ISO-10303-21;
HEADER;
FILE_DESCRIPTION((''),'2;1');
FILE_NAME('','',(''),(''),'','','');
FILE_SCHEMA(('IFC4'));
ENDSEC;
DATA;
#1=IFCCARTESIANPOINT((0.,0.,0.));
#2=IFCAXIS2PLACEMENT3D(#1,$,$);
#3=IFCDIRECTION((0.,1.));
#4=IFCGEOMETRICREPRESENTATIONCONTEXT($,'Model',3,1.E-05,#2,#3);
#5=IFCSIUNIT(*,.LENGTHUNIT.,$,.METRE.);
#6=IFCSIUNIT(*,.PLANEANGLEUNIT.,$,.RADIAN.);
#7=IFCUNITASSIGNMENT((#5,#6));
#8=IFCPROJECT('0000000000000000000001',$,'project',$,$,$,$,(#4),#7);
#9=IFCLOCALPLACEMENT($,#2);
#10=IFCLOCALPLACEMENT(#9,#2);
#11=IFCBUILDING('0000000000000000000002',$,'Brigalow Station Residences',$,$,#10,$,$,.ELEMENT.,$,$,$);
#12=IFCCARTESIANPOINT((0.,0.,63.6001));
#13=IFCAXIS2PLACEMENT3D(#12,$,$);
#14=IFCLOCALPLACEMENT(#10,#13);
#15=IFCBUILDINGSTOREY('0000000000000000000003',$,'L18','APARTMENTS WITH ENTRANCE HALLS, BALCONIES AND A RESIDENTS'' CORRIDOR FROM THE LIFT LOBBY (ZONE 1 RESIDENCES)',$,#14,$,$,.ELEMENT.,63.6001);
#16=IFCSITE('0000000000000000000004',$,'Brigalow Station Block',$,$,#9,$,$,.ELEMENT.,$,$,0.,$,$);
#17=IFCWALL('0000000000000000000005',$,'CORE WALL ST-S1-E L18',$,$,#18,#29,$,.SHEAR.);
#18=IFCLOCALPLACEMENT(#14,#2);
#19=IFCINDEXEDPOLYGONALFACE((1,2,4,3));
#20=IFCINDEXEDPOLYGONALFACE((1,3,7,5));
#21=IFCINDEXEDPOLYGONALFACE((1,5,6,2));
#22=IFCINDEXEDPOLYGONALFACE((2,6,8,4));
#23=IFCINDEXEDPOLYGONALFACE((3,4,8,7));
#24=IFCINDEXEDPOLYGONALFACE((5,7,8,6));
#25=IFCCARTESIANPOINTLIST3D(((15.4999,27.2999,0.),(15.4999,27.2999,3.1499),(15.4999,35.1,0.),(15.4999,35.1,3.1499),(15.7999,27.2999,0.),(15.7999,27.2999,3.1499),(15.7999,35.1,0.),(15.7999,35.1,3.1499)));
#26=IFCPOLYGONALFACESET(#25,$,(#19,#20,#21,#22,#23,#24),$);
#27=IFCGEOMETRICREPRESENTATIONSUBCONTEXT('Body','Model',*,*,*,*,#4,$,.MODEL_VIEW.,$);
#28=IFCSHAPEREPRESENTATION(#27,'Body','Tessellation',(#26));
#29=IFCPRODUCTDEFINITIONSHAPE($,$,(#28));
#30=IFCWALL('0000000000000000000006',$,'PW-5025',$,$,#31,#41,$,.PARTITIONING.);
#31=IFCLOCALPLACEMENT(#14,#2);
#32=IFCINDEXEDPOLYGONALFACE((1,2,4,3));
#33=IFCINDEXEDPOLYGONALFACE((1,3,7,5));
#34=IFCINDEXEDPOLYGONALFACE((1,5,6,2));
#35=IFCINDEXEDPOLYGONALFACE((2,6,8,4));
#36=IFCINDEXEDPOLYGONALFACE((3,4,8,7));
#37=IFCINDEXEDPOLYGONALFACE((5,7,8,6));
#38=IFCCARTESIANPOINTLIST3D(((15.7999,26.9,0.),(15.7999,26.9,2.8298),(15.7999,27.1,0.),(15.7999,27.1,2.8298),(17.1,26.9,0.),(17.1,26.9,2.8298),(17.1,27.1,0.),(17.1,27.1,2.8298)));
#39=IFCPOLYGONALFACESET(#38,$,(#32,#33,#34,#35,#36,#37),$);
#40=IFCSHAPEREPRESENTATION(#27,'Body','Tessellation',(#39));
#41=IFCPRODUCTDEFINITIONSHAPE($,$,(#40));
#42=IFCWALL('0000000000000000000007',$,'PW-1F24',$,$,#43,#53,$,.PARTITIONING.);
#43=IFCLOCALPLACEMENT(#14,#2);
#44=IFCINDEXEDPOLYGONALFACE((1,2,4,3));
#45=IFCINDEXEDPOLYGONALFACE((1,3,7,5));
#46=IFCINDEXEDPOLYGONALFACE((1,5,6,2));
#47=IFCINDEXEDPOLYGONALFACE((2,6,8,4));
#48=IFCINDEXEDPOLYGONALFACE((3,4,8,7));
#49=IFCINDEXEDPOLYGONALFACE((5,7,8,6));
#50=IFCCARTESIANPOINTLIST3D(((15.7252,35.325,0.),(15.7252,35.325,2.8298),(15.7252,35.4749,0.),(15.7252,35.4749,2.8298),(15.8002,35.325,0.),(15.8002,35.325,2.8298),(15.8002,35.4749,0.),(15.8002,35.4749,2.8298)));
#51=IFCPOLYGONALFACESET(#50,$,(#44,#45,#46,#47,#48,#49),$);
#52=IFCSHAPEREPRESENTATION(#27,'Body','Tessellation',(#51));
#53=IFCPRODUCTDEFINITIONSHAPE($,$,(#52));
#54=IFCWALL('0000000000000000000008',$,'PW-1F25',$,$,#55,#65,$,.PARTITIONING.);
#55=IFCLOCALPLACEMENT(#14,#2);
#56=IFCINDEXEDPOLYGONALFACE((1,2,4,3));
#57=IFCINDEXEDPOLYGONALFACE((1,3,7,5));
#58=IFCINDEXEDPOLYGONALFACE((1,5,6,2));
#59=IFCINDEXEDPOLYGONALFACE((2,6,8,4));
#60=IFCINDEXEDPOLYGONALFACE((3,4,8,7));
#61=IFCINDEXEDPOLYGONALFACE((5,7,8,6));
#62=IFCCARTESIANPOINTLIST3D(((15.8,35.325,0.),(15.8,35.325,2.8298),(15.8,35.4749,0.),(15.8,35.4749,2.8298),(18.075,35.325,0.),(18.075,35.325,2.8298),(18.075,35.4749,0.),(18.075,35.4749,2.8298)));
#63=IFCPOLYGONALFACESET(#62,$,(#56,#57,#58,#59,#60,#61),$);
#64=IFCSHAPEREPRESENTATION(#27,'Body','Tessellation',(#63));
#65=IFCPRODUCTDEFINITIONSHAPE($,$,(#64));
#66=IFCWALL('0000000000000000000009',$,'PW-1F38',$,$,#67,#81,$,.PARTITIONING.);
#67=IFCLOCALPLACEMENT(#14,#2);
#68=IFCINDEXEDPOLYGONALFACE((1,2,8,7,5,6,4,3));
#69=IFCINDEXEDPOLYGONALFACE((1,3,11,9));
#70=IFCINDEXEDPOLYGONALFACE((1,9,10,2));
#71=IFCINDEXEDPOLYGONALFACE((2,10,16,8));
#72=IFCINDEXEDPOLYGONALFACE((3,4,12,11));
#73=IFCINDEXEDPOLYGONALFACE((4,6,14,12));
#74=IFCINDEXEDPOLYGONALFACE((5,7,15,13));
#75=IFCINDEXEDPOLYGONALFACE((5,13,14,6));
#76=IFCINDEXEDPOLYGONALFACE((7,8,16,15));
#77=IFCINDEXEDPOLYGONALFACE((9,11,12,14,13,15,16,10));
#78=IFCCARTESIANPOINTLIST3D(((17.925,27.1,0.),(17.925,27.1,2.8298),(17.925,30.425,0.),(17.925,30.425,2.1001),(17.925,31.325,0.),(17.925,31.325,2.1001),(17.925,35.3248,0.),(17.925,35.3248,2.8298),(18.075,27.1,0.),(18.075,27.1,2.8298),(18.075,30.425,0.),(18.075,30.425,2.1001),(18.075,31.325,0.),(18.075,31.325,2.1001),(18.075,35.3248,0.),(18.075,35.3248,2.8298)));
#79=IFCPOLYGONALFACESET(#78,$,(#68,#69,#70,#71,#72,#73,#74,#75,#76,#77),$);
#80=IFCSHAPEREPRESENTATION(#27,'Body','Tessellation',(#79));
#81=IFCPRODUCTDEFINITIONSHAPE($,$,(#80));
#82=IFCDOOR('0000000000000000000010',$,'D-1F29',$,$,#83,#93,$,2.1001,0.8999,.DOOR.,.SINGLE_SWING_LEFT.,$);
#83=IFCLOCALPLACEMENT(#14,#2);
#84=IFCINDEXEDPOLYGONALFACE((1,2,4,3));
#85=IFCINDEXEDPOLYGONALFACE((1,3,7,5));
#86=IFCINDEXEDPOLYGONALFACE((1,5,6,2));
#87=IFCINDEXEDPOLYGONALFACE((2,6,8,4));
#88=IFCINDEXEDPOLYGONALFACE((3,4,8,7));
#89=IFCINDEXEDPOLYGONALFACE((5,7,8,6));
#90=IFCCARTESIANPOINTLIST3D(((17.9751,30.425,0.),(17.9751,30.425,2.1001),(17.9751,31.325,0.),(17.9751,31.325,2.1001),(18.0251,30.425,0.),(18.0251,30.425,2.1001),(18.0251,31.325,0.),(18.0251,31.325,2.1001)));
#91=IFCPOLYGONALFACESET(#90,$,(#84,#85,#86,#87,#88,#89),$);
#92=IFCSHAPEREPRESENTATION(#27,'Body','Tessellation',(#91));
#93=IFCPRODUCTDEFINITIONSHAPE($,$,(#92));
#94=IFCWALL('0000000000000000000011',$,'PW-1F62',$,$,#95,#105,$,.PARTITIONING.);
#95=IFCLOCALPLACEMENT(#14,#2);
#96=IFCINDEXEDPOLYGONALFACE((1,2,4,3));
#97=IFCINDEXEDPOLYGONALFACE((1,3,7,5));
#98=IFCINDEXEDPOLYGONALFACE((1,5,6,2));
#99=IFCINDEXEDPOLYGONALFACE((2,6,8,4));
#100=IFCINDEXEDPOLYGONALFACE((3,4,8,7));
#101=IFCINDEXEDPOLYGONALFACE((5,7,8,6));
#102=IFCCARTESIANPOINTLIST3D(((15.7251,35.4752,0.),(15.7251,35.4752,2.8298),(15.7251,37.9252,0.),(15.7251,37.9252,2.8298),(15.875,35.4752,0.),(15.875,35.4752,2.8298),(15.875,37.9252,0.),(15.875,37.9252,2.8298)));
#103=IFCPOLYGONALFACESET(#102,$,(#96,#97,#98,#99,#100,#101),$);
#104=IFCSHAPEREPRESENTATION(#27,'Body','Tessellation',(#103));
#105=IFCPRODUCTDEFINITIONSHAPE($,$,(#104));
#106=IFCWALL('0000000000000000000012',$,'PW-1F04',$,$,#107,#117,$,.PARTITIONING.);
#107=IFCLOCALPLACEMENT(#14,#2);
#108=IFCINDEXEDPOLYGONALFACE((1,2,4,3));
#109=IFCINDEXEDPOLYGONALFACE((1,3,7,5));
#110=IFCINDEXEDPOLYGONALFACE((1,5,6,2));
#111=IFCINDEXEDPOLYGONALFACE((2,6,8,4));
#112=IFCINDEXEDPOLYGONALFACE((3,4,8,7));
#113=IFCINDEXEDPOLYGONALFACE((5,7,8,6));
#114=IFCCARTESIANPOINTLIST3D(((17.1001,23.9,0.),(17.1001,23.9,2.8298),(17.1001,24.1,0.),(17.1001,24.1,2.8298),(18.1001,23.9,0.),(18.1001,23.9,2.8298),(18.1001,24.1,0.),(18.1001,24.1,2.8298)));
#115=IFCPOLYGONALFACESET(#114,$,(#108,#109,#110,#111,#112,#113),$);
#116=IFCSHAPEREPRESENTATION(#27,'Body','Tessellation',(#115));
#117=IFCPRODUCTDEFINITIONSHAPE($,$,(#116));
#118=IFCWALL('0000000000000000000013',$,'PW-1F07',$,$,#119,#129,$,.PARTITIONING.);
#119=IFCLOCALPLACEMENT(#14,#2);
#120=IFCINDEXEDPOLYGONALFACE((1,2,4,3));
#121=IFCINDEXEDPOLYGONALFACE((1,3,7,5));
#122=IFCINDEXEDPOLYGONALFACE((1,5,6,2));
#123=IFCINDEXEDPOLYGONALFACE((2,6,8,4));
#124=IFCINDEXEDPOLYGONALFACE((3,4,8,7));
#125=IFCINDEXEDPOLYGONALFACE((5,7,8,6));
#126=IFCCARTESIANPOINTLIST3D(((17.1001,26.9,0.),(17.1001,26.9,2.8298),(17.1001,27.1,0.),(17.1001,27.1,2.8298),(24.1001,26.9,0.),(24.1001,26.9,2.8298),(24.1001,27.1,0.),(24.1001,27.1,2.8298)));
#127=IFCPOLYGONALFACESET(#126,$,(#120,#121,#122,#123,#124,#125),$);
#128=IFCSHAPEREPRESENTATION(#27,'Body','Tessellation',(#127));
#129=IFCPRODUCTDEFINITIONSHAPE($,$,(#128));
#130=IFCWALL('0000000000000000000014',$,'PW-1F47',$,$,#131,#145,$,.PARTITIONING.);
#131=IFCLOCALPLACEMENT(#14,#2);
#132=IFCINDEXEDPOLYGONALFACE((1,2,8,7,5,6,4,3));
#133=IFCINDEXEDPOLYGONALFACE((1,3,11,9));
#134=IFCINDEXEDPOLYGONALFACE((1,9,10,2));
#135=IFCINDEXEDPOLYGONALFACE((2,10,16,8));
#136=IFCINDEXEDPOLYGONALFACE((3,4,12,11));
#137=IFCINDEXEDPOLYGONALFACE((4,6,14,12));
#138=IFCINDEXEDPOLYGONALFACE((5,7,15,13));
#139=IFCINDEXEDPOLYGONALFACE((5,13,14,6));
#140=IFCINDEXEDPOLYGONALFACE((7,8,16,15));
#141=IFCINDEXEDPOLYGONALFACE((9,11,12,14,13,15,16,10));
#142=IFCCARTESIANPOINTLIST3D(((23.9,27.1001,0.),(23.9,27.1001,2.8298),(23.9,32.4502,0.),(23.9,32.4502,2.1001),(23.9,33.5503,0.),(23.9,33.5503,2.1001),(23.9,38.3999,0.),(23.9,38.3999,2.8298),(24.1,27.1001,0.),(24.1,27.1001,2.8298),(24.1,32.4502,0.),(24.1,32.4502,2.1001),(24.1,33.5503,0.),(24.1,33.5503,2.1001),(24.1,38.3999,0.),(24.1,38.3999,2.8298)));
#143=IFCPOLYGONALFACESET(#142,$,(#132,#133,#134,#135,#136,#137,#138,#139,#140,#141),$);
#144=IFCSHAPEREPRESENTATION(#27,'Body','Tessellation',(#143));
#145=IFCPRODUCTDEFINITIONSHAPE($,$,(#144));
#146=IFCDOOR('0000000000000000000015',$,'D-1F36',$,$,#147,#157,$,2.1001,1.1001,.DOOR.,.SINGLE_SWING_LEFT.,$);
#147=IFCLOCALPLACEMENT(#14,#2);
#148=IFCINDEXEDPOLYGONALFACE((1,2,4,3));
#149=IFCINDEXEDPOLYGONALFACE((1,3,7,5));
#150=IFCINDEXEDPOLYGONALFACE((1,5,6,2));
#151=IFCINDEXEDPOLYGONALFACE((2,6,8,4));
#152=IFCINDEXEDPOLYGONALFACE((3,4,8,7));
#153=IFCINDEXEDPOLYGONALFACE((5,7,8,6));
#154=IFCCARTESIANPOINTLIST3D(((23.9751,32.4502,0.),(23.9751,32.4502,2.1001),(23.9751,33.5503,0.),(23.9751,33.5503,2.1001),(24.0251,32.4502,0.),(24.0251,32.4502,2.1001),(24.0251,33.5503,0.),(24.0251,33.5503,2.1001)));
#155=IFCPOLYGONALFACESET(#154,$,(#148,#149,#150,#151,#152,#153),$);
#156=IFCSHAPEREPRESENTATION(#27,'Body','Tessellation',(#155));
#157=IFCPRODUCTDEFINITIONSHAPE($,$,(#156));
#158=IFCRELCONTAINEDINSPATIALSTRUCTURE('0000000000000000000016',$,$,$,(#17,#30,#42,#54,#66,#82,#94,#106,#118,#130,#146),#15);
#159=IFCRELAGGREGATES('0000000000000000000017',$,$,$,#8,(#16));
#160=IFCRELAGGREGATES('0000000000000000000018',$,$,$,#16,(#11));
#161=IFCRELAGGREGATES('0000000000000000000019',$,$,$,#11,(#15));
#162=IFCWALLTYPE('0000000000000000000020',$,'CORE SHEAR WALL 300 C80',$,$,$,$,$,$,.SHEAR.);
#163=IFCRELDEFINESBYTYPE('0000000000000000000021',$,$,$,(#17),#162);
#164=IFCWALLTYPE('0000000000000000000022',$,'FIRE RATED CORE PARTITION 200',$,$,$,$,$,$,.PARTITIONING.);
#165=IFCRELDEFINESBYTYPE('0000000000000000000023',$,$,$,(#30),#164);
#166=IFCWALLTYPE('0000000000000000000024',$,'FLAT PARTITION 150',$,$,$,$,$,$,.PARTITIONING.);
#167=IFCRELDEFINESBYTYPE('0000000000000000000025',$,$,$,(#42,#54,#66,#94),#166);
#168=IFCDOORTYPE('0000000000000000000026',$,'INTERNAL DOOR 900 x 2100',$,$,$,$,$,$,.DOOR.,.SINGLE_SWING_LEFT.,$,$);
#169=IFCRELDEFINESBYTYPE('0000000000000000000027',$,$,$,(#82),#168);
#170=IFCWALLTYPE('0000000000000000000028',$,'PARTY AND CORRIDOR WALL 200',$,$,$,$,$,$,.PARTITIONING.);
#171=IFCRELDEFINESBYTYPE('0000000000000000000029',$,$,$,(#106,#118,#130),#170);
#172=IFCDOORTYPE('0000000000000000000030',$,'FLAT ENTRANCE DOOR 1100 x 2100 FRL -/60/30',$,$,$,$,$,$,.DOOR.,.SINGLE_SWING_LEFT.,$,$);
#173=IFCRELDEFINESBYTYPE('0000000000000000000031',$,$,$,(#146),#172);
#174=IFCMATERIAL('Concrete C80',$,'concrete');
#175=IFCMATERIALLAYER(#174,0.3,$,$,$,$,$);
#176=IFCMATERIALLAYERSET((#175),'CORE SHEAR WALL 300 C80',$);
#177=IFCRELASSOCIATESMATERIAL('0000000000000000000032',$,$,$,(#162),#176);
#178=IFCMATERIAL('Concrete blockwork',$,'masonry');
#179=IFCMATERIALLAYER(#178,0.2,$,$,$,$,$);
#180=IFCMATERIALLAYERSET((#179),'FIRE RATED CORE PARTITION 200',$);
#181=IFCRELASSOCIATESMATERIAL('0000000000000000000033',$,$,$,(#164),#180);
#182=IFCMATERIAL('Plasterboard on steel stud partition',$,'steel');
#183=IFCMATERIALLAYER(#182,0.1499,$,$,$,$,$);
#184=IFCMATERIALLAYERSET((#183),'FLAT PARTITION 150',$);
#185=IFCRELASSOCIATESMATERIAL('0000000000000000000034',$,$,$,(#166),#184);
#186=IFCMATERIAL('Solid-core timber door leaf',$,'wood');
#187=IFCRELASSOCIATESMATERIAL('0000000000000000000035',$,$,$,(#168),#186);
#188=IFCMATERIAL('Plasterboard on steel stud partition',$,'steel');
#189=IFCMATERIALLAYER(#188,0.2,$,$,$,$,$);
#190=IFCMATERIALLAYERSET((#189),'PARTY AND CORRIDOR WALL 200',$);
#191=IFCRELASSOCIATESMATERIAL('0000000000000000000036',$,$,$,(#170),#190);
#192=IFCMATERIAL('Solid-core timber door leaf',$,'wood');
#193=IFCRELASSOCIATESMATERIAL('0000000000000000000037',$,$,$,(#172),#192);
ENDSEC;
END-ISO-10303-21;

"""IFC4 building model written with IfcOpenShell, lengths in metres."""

from ifc_helpers import new_model, si_unit, direction, frame, frame_2d, origin, place, context, subcontext, project, spatial, rectangle, extrude, material, layer, layer_set, type_object, element, fill, save


model = new_model("IFC4")

# Units and contexts
model_context = context("Model", 3, precision=1e-05, world=origin(), true_north=direction((0.0, 1.0)))
body_context = subcontext(model_context, "Body", "Model", "MODEL_VIEW")
ifc_project = project(units=[si_unit("LENGTHUNIT", "METRE"), si_unit("PLANEANGLEUNIT", "RADIAN")], contexts=[model_context])

# Site, building, storey
site_placement = place(None, origin())
site = spatial("IfcSite", under=ifc_project, at=site_placement, Name="Brigalow Station Block", CompositionType="ELEMENT", RefElevation=0.0)
building_placement = place(site_placement, origin())
building = spatial("IfcBuilding", under=site, at=building_placement, Name="Brigalow Station Residences", CompositionType="ELEMENT")
storey_placement = place(building_placement, frame((0.0, 0.0, 63.6001)))
storey = spatial("IfcBuildingStorey", under=building, at=storey_placement, Name="L18", Description="APARTMENTS WITH ENTRANCE HALLS, BALCONIES AND A RESIDENTS' CORRIDOR FROM THE LIFT LOBBY (ZONE 1 RESIDENCES)", CompositionType="ELEMENT", Elevation=63.6001)

# Walls
ifc_material_1 = material(Name="Concrete C80", Category="concrete")
ifc_layer_1 = layer(ifc_material_1, 0.3)
ifc_layer_set_1 = layer_set([ifc_layer_1], Name="CORE SHEAR WALL 300 C80")
wall_type_1 = type_object("IfcWallType", Name="CORE SHEAR WALL 300 C80", PredefinedType="SHEAR", material=ifc_layer_set_1)
wall_1_placement = place(storey_placement, frame((15.6499, 27.3, 0.0), z_axis=(0.0, 0.0, 1.0), x_axis=(0.0, 1.0, 0.0)))
element("IfcWall", 1, at=wall_1_placement, inside=storey, type_object=wall_type_1, Name="CORE WALL ST-S1-E L18", PredefinedType="SHEAR", context=body_context, shape_type="SweptSolid", body=[
    extrude(rectangle(XDim=7.8, YDim=0.3, at=frame_2d((3.8999, 0.0))), origin(), (0.0, 0.0, 1.0), 3.1499),
])
ifc_material_2 = material(Name="Concrete blockwork", Category="masonry")
ifc_layer_2 = layer(ifc_material_2, 0.2)
ifc_layer_set_2 = layer_set([ifc_layer_2], Name="FIRE RATED CORE PARTITION 200")
wall_type_2 = type_object("IfcWallType", Name="FIRE RATED CORE PARTITION 200", PredefinedType="PARTITIONING", material=ifc_layer_set_2)
wall_2_placement = place(storey_placement, frame((15.8, 27.0, 0.0), z_axis=(0.0, 0.0, 1.0), x_axis=(1.0, 0.0, 0.0)))
element("IfcWall", 2, at=wall_2_placement, inside=storey, type_object=wall_type_2, Name="PW-5025", PredefinedType="PARTITIONING", context=body_context, shape_type="SweptSolid", body=[
    extrude(rectangle(XDim=1.3, YDim=0.2, at=frame_2d((0.6499, 0.0))), origin(), (0.0, 0.0, 1.0), 2.8298),
])
ifc_material_3 = material(Name="Plasterboard on steel stud partition", Category="steel")
ifc_layer_3 = layer(ifc_material_3, 0.1499)
ifc_layer_set_3 = layer_set([ifc_layer_3], Name="FLAT PARTITION 150")
wall_type_3 = type_object("IfcWallType", Name="FLAT PARTITION 150", PredefinedType="PARTITIONING", material=ifc_layer_set_3)
wall_3_placement = place(storey_placement, frame((15.7251, 35.3999, 0.0), z_axis=(0.0, 0.0, 1.0), x_axis=(1.0, 0.0, 0.0)))
element("IfcWall", 3, at=wall_3_placement, inside=storey, type_object=wall_type_3, Name="PW-1F24", PredefinedType="PARTITIONING", context=body_context, shape_type="SweptSolid", body=[
    extrude(rectangle(XDim=0.075, YDim=0.1499, at=frame_2d((0.0376, 0.0))), origin(), (0.0, 0.0, 1.0), 2.8298),
])
wall_4_placement = place(storey_placement, frame((15.8, 35.3999, 0.0), z_axis=(0.0, 0.0, 1.0), x_axis=(1.0, 0.0, 0.0)))
element("IfcWall", 4, at=wall_4_placement, inside=storey, type_object=wall_type_3, Name="PW-1F25", PredefinedType="PARTITIONING", context=body_context, shape_type="SweptSolid", body=[
    extrude(rectangle(XDim=2.2749, YDim=0.1499, at=frame_2d((1.1375, 0.0))), origin(), (0.0, 0.0, 1.0), 2.8298),
])

# Wall, opening, door
wall_5_placement = place(storey_placement, frame((18.0, 27.1001, 0.0), z_axis=(0.0, 0.0, 1.0), x_axis=(0.0, 1.0, 0.0)))
wall_5 = element("IfcWall", 5, at=wall_5_placement, inside=storey, type_object=wall_type_3, Name="PW-1F38", PredefinedType="PARTITIONING", context=body_context, shape_type="SweptSolid", body=[
    extrude(rectangle(XDim=8.2249, YDim=0.1499, at=frame_2d((4.1123, 0.0))), origin(), (0.0, 0.0, 1.0), 2.8298),
])
opening_1_placement = place(wall_5_placement, frame((3.325, 0.0, 0.0)))
opening_1 = element("IfcOpeningElement", 6, at=opening_1_placement, cuts=wall_5, PredefinedType="OPENING", context=body_context, shape_type="SweptSolid", body=[
    extrude(rectangle(XDim=0.8999, YDim=2.1001, at=frame_2d((0.45, 1.05))), frame((0.0, 0.085, 0.0), z_axis=(0.0, -1.0, 0.0), x_axis=(1.0, 0.0, 0.0)), (0.0, 0.0, 1.0), 0.1699),
])
ifc_material_4 = material(Name="Solid-core timber door leaf", Category="wood")
door_type_1 = type_object("IfcDoorType", Name="INTERNAL DOOR 900 x 2100", OperationType="SINGLE_SWING_LEFT", PredefinedType="DOOR", material=ifc_material_4)
door_1_placement = place(opening_1_placement, origin())
door_1 = element("IfcDoor", 7, at=door_1_placement, inside=storey, type_object=door_type_1, Name="D-1F29", OperationType="SINGLE_SWING_LEFT", OverallHeight=2.1001, OverallWidth=0.8999, PredefinedType="DOOR", context=body_context, shape_type="SweptSolid", body=[
    extrude(rectangle(XDim=0.8999, YDim=2.1001, at=frame_2d((0.45, 1.05))), frame((0.0, 0.0249, 0.0), z_axis=(0.0, -1.0, 0.0), x_axis=(1.0, 0.0, 0.0)), (0.0, 0.0, 1.0), 0.05),
])
fill(opening_1, door_1)

# Walls
wall_6_placement = place(storey_placement, frame((15.8, 35.4751, 0.0), z_axis=(0.0, 0.0, 1.0), x_axis=(0.0, 1.0, 0.0)))
element("IfcWall", 8, at=wall_6_placement, inside=storey, type_object=wall_type_3, Name="PW-1F62", PredefinedType="PARTITIONING", context=body_context, shape_type="SweptSolid", body=[
    extrude(rectangle(XDim=2.45, YDim=0.1499, at=frame_2d((1.2251, 0.0))), origin(), (0.0, 0.0, 1.0), 2.8298),
])
ifc_material_5 = material(Name="Plasterboard on steel stud partition", Category="steel")
ifc_layer_4 = layer(ifc_material_5, 0.2)
ifc_layer_set_4 = layer_set([ifc_layer_4], Name="PARTY AND CORRIDOR WALL 200")
wall_type_4 = type_object("IfcWallType", Name="PARTY AND CORRIDOR WALL 200", PredefinedType="PARTITIONING", material=ifc_layer_set_4)
wall_7_placement = place(storey_placement, frame((17.1001, 24.0, 0.0), z_axis=(0.0, 0.0, 1.0), x_axis=(1.0, 0.0, 0.0)))
element("IfcWall", 9, at=wall_7_placement, inside=storey, type_object=wall_type_4, Name="PW-1F04", PredefinedType="PARTITIONING", context=body_context, shape_type="SweptSolid", body=[
    extrude(rectangle(XDim=1.0, YDim=0.2, at=frame_2d((0.5, 0.0))), origin(), (0.0, 0.0, 1.0), 2.8298),
])
wall_8_placement = place(storey_placement, frame((17.1001, 27.0, 0.0), z_axis=(0.0, 0.0, 1.0), x_axis=(1.0, 0.0, 0.0)))
element("IfcWall", 10, at=wall_8_placement, inside=storey, type_object=wall_type_4, Name="PW-1F07", PredefinedType="PARTITIONING", context=body_context, shape_type="SweptSolid", body=[
    extrude(rectangle(XDim=7.0, YDim=0.2, at=frame_2d((3.5, 0.0))), origin(), (0.0, 0.0, 1.0), 2.8298),
])

# Wall, opening, door
wall_9_placement = place(storey_placement, frame((24.0, 27.1001, 0.0), z_axis=(0.0, 0.0, 1.0), x_axis=(0.0, 1.0, 0.0)))
wall_9 = element("IfcWall", 11, at=wall_9_placement, inside=storey, type_object=wall_type_4, Name="PW-1F47", PredefinedType="PARTITIONING", context=body_context, shape_type="SweptSolid", body=[
    extrude(rectangle(XDim=11.2998, YDim=0.2, at=frame_2d((5.6499, 0.0))), origin(), (0.0, 0.0, 1.0), 2.8298),
])
opening_2_placement = place(wall_9_placement, frame((5.3501, 0.0, 0.0)))
opening_2 = element("IfcOpeningElement", 12, at=opening_2_placement, cuts=wall_9, PredefinedType="OPENING", context=body_context, shape_type="SweptSolid", body=[
    extrude(rectangle(XDim=1.1001, YDim=2.1001, at=frame_2d((0.55, 1.05))), frame((0.0, 0.1099, 0.0), z_axis=(0.0, -1.0, 0.0), x_axis=(1.0, 0.0, 0.0)), (0.0, 0.0, 1.0), 0.22),
])
ifc_material_6 = material(Name="Solid-core timber door leaf", Category="wood")
door_type_2 = type_object("IfcDoorType", Name="FLAT ENTRANCE DOOR 1100 x 2100 FRL -/60/30", OperationType="SINGLE_SWING_LEFT", PredefinedType="DOOR", material=ifc_material_6)
door_2_placement = place(opening_2_placement, origin())
door_2 = element("IfcDoor", 13, at=door_2_placement, inside=storey, type_object=door_type_2, Name="D-1F36", OperationType="SINGLE_SWING_LEFT", OverallHeight=2.1001, OverallWidth=1.1001, PredefinedType="DOOR", context=body_context, shape_type="SweptSolid", body=[
    extrude(rectangle(XDim=1.1001, YDim=2.1001, at=frame_2d((0.55, 1.05))), frame((0.0, 0.0249, 0.0), z_axis=(0.0, -1.0, 0.0), x_axis=(1.0, 0.0, 0.0)), (0.0, 0.0, 1.0), 0.05),
])
fill(opening_2, door_2)

save(model, "model.ifc")
